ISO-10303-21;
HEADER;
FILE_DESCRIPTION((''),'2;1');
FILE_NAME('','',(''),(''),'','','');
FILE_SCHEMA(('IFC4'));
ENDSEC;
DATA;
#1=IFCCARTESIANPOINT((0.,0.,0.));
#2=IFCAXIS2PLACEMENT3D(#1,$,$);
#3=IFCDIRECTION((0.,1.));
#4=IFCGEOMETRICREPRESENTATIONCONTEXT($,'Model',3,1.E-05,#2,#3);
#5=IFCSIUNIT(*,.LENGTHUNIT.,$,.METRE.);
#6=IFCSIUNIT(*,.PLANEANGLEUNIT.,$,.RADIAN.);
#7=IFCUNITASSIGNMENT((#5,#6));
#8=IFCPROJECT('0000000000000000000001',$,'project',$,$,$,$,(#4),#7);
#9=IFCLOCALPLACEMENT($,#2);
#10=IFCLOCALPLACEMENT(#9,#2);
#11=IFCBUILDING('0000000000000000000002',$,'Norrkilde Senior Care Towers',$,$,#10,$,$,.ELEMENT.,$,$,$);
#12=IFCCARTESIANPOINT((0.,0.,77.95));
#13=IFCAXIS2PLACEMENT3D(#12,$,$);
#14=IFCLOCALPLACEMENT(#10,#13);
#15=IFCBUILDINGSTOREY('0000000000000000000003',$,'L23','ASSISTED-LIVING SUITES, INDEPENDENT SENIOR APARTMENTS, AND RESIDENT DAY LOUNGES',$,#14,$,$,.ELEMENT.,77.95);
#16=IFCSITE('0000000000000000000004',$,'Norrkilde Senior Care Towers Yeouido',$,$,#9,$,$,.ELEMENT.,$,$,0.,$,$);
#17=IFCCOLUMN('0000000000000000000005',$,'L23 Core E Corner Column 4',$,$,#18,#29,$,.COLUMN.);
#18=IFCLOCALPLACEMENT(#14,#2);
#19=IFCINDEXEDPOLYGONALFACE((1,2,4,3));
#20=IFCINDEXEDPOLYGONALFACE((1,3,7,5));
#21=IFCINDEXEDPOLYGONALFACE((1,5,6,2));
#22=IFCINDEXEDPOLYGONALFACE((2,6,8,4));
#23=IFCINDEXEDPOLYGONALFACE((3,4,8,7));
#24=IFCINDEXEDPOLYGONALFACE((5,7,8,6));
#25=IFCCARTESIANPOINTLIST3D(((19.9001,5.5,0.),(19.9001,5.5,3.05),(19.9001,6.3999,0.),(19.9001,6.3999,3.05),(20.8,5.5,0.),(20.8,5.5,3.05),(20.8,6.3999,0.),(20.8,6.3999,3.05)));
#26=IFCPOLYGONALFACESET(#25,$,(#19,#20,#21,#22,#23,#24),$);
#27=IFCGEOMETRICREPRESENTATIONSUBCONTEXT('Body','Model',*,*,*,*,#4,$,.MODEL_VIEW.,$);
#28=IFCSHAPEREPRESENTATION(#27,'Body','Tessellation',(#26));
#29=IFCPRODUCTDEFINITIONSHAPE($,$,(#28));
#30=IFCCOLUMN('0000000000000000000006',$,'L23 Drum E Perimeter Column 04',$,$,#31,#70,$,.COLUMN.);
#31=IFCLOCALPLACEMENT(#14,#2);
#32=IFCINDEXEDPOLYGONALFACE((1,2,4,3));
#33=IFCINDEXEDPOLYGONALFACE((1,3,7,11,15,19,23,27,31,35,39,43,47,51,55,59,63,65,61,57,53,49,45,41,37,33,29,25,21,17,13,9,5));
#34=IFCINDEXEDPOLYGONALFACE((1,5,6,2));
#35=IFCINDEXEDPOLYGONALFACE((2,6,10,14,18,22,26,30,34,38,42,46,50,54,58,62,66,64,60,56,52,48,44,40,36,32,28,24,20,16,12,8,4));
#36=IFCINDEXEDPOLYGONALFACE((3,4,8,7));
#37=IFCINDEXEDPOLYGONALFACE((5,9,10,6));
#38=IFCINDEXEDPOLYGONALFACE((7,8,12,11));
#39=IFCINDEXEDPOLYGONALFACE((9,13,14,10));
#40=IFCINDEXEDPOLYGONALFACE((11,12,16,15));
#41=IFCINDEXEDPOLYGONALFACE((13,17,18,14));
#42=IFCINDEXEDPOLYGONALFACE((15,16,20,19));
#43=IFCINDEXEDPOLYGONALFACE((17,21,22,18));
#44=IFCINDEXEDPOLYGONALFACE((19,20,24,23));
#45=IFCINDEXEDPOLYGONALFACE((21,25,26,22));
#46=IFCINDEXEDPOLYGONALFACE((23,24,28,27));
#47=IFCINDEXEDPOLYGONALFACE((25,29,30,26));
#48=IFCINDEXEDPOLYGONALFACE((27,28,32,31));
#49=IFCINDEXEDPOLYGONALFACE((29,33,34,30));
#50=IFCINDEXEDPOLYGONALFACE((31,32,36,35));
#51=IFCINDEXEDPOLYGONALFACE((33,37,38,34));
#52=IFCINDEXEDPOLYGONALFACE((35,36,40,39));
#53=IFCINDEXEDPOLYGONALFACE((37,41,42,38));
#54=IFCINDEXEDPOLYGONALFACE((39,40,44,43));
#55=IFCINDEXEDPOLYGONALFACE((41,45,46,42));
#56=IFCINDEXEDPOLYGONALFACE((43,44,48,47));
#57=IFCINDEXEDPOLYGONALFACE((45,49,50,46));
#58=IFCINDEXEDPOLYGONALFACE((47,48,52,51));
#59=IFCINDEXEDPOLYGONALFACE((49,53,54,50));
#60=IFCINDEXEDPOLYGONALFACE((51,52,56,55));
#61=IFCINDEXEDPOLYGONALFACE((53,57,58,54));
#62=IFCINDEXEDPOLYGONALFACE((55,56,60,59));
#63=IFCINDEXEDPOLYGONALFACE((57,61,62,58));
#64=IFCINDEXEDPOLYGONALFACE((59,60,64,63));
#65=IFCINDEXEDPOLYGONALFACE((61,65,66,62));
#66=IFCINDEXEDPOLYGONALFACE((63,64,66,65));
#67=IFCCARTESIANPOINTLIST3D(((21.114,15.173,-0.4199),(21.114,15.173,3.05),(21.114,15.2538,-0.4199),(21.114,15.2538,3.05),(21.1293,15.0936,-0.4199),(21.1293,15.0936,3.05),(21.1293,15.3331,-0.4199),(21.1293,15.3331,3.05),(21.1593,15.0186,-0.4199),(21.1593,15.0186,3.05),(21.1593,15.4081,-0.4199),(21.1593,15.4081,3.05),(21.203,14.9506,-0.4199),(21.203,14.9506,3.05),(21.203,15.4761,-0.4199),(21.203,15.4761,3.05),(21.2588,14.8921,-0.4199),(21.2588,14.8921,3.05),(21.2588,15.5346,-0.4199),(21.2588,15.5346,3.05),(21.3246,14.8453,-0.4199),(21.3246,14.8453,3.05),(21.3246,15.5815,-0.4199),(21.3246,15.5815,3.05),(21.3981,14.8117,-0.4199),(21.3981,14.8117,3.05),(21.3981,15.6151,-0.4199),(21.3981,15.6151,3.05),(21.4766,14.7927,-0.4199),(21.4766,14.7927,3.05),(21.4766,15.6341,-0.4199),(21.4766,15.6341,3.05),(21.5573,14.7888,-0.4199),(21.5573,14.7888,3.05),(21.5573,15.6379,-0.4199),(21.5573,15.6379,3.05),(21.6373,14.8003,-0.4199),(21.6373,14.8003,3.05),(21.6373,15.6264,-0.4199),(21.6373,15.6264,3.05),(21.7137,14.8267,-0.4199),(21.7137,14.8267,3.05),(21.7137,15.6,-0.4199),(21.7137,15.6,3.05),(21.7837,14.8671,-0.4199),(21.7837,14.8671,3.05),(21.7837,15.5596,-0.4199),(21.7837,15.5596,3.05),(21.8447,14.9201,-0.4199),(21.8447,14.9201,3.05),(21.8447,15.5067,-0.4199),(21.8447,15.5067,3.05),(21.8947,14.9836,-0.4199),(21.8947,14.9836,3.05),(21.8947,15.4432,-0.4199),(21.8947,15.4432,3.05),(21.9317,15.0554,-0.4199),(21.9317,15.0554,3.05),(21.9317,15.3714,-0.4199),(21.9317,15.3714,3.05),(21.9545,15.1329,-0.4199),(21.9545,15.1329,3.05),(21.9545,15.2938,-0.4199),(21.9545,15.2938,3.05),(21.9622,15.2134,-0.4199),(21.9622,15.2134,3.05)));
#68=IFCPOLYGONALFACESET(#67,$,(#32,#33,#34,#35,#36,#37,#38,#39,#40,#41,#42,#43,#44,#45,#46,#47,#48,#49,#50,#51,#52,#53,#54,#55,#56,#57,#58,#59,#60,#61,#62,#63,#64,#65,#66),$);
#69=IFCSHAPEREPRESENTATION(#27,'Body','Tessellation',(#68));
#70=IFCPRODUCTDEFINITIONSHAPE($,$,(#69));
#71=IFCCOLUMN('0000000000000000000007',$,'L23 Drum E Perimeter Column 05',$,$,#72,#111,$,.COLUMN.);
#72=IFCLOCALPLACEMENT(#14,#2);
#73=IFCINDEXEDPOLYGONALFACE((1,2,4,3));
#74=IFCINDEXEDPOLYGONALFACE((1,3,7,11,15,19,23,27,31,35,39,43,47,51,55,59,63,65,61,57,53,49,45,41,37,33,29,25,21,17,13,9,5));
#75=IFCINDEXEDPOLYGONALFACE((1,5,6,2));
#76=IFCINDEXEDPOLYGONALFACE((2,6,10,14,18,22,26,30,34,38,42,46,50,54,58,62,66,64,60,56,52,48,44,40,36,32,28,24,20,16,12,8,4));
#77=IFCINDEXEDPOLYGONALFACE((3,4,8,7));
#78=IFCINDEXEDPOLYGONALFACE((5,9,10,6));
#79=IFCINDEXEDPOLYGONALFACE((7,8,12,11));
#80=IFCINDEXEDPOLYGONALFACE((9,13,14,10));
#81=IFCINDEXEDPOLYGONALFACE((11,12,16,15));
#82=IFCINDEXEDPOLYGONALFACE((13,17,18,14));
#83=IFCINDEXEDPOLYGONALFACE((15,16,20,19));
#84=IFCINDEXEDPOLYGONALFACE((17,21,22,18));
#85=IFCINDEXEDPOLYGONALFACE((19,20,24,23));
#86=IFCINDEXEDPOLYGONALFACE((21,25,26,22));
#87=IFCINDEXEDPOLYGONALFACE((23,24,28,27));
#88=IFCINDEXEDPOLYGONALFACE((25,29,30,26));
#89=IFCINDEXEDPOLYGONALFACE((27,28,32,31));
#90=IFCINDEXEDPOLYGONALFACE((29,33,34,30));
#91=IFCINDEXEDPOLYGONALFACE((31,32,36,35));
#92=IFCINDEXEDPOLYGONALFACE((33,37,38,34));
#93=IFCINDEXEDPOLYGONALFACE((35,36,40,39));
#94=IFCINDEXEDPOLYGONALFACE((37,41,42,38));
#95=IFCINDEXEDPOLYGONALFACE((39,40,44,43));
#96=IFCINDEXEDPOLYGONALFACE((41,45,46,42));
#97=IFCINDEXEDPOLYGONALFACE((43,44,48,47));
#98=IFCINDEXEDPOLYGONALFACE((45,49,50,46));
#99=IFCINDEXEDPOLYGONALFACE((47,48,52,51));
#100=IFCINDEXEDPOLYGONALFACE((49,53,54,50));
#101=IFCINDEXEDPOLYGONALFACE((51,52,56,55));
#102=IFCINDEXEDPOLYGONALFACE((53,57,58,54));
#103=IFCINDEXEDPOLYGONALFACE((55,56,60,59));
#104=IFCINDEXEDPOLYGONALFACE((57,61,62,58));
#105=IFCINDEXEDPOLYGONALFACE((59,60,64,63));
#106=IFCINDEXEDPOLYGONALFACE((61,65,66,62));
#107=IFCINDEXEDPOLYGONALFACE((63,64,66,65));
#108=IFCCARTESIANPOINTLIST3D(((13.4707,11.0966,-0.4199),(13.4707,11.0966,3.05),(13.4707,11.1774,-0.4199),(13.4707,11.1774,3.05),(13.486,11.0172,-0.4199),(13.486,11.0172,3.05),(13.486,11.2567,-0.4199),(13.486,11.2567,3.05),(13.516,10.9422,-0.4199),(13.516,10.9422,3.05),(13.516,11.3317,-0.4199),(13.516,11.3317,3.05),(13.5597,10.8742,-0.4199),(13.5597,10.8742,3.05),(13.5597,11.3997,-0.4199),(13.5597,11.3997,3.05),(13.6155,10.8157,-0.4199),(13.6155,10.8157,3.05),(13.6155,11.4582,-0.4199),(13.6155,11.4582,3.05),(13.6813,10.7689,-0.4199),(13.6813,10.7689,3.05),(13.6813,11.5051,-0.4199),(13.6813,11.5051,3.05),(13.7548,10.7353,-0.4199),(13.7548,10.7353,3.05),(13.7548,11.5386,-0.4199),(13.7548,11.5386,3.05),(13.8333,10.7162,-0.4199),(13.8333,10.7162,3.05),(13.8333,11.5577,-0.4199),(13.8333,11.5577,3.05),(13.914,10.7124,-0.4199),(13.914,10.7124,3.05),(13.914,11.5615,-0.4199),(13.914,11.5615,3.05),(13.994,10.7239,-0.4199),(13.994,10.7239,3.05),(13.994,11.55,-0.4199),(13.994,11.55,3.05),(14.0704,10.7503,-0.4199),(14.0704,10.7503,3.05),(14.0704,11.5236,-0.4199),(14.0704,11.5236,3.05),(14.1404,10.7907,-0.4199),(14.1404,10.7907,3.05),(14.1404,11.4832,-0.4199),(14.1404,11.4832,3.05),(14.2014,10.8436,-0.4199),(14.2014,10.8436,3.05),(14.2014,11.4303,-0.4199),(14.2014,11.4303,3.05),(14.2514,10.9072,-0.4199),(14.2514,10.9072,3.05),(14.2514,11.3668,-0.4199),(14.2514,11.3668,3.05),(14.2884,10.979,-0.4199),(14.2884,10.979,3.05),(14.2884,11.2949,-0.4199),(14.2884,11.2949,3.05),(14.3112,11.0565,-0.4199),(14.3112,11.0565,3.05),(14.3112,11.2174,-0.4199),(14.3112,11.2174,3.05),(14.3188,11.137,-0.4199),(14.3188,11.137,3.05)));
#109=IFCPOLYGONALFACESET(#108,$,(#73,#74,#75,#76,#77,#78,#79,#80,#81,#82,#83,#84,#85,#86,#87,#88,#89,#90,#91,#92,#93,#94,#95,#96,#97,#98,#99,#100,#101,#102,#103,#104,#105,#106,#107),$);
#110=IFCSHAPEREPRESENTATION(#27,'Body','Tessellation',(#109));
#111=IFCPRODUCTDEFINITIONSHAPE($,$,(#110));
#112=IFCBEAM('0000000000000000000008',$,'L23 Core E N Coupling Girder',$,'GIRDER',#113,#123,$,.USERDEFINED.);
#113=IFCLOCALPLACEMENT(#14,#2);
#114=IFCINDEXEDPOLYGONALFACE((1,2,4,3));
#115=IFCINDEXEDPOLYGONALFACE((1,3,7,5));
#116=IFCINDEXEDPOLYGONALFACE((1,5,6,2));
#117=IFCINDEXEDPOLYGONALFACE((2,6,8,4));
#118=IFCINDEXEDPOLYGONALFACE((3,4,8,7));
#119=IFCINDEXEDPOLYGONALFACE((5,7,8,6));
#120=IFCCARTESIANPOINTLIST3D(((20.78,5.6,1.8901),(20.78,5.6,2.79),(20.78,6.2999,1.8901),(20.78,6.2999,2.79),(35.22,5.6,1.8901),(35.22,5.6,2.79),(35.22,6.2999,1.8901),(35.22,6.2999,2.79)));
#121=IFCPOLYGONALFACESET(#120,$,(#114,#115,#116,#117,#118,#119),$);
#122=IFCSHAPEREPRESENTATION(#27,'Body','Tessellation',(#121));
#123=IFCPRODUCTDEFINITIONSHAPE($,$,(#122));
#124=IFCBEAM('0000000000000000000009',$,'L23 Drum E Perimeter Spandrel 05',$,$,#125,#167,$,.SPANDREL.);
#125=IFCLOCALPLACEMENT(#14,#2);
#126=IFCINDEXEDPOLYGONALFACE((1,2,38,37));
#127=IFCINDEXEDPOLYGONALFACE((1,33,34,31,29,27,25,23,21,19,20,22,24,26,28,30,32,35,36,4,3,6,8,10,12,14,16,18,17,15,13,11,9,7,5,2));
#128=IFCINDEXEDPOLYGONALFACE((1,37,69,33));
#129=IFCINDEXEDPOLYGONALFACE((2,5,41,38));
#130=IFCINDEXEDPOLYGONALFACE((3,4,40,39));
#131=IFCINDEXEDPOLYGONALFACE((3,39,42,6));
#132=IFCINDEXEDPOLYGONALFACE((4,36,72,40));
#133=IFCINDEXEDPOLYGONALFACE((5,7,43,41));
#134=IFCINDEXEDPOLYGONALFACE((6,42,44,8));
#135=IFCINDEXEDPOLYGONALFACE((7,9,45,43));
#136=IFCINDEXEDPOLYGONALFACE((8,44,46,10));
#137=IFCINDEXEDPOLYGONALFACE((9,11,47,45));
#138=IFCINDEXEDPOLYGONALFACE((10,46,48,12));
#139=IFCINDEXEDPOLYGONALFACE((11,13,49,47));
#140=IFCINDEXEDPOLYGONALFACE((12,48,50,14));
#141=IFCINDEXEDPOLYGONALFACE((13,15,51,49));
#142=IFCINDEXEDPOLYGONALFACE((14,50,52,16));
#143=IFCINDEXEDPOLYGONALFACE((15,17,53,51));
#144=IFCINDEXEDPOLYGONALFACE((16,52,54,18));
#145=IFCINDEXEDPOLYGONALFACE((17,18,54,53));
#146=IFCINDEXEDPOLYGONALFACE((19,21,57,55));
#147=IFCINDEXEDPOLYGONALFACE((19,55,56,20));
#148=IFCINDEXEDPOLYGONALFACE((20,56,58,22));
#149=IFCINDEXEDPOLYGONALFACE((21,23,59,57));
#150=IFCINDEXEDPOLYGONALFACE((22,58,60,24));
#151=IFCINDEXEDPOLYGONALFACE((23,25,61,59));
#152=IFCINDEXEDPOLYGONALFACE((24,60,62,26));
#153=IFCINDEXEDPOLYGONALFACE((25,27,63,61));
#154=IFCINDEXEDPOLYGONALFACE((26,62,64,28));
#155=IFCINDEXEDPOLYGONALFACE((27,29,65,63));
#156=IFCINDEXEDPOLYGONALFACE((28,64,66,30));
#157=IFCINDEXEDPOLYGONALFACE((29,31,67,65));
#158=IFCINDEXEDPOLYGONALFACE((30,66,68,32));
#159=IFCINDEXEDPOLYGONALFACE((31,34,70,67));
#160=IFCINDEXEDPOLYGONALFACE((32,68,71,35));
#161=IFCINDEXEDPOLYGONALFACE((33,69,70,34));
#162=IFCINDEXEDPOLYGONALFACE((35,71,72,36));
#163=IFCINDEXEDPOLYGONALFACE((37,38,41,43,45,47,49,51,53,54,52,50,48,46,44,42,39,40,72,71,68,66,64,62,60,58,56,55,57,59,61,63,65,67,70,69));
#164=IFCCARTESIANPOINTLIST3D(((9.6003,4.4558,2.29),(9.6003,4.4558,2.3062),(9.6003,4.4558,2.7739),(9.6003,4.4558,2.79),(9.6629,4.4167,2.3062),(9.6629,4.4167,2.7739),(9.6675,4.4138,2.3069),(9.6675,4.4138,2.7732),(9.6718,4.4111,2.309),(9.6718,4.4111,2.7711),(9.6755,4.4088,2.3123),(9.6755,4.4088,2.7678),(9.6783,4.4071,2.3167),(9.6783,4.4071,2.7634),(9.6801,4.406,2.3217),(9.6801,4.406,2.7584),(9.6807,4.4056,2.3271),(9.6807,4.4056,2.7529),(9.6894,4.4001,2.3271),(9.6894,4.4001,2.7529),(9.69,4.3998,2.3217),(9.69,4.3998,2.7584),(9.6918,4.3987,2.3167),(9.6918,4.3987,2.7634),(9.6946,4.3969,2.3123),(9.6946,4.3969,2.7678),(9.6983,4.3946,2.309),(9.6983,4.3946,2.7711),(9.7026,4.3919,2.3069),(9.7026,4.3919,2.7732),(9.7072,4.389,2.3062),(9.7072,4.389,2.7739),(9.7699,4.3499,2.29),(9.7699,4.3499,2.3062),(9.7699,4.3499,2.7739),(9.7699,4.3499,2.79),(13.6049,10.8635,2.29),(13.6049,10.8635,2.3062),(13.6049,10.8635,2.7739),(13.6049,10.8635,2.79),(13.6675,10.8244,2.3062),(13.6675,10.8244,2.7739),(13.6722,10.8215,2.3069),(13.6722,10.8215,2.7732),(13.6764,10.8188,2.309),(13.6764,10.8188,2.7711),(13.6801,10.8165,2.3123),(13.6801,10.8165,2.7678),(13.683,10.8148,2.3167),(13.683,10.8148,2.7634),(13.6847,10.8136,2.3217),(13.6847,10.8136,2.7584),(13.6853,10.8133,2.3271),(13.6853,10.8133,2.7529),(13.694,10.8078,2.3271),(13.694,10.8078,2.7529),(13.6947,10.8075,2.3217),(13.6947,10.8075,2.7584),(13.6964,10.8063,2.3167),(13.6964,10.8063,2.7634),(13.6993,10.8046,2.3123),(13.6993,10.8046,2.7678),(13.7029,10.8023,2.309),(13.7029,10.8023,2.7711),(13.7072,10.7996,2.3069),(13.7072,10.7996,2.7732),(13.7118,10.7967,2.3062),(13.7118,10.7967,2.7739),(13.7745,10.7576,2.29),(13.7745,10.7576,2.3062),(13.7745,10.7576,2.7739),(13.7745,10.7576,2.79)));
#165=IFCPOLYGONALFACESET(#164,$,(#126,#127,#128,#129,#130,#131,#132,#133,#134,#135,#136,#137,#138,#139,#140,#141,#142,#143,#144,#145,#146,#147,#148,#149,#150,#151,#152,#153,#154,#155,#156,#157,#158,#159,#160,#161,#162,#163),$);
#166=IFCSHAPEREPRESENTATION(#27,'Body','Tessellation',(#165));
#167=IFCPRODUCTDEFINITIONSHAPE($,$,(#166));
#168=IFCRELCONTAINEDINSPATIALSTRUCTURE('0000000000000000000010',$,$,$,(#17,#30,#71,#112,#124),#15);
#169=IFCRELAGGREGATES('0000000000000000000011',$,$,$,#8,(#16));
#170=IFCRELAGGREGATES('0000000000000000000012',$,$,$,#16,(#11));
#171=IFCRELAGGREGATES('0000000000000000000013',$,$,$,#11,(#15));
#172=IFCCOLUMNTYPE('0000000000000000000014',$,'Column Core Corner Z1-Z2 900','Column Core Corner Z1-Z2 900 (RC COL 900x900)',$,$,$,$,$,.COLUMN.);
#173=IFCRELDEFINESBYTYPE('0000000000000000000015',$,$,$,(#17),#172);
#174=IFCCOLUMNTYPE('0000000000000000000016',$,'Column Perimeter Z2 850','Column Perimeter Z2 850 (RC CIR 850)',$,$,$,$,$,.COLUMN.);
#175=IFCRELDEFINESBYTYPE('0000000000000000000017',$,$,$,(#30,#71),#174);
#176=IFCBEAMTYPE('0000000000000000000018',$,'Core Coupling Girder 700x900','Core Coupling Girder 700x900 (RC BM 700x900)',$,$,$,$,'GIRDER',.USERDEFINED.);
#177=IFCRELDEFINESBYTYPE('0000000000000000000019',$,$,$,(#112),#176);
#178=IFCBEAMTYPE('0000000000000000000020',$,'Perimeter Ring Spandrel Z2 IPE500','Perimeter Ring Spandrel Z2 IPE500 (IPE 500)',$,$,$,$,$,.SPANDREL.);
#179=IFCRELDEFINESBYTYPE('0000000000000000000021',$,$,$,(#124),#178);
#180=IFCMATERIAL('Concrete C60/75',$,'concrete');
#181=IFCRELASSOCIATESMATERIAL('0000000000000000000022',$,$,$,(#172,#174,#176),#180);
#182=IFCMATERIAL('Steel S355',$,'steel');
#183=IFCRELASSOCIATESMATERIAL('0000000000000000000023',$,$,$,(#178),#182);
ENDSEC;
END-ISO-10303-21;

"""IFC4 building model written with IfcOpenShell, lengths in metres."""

from ifc_helpers import new_model, si_unit, direction, frame, origin, origin_2d, place, context, subcontext, project, spatial, rectangle, circle, i_section, extrude, source, transform, mapped, material, material_profile, profile_set, type_object, type_shapes, element, save


model = new_model("IFC4")

# Units and contexts
model_context = context("Model", 3, precision=1e-05, world=origin(), true_north=direction((0.0, 1.0)))
body_context = subcontext(model_context, "Body", "Model", "MODEL_VIEW")
ifc_project = project(units=[si_unit("LENGTHUNIT", "METRE"), si_unit("PLANEANGLEUNIT", "RADIAN")], contexts=[model_context])

# Site, building, storey
site_placement = place(None, origin())
site = spatial("IfcSite", under=ifc_project, at=site_placement, Name="Norrkilde Senior Care Towers Yeouido", CompositionType="ELEMENT", RefElevation=0.0)
building_placement = place(site_placement, origin())
building = spatial("IfcBuilding", under=site, at=building_placement, Name="Norrkilde Senior Care Towers", CompositionType="ELEMENT")
storey_placement = place(building_placement, frame((0.0, 0.0, 77.95)))
storey = spatial("IfcBuildingStorey", under=building, at=storey_placement, Name="L23", Description="ASSISTED-LIVING SUITES, INDEPENDENT SENIOR APARTMENTS, AND RESIDENT DAY LOUNGES", CompositionType="ELEMENT", Elevation=77.95)

# Columns
ifc_material_1 = material(Name="Concrete C60/75", Category="concrete")
ifc_material_profile_1 = material_profile(ifc_material_1, rectangle(XDim=0.8999, YDim=0.8999, at=origin_2d()), Name="RC COL 900x900")
ifc_profile_set_1 = profile_set([ifc_material_profile_1], Name="Concrete C60/75")
column_type_1 = type_object("IfcColumnType", Name="Column Core Corner Z1-Z2 900", Description="Column Core Corner Z1-Z2 900 (RC COL 900x900)", PredefinedType="COLUMN", material=ifc_profile_set_1)
shared_shape_1 = source(origin(), body_context, "Body", "SweptSolid", [
    extrude(rectangle(XDim=0.8999, YDim=0.8999, at=origin_2d()), origin(), (0.0, 0.0, 1.0), 3.05),
])
type_shapes(column_type_1, [shared_shape_1])
column_placement = place(storey_placement, frame((20.3501, 5.95, 0.0), z_axis=(0.0, 0.0, 1.0), x_axis=(1.0, 0.0, 0.0)))
element("IfcColumn", 1, at=column_placement, inside=storey, type_object=column_type_1, Name="L23 Core E Corner Column 4", PredefinedType="COLUMN", context=body_context, shape_type="MappedRepresentation", body=[
    mapped(shared_shape_1, transform((0.0, 0.0, 0.0), x_axis=(1.0, 0.0, 0.0), y_axis=(0.0, 1.0, 0.0), z_axis=(0.0, 0.0, 1.0), scale=1.0)),
])
ifc_material_profile_2 = material_profile(ifc_material_1, circle(Radius=0.425, at=origin_2d()), Name="RC CIR 850")
ifc_profile_set_2 = profile_set([ifc_material_profile_2], Name="Concrete C60/75")
column_type_2 = type_object("IfcColumnType", Name="Column Perimeter Z2 850", Description="Column Perimeter Z2 850 (RC CIR 850)", PredefinedType="COLUMN", material=ifc_profile_set_2)
shared_shape_2 = source(origin(), body_context, "Body", "SweptSolid", [
    extrude(circle(Radius=0.425, at=origin_2d()), origin(), (0.0, 0.0, 1.0), 3.47),
])
type_shapes(column_type_2, [shared_shape_2])
for number, where, z_axis, x_axis, name in (
    (2, (21.5371, 15.2134, -0.4199), (0.0, 0.0, 1.0), (1.0, 0.0, 0.0), "L23 Drum E Perimeter Column 04"),
    (3, (13.8938, 11.137, -0.4199), (0.0, 0.0, 1.0), (1.0, 0.0, 0.0), "L23 Drum E Perimeter Column 05"),
):
    element("IfcColumn", number, at=place(storey_placement, frame(where, z_axis=z_axis, x_axis=x_axis)), inside=storey, type_object=column_type_2, Name=name, PredefinedType="COLUMN", context=body_context, shape_type="MappedRepresentation", body=[
        mapped(shared_shape_2, transform((0.0, 0.0, 0.0), x_axis=(1.0, 0.0, 0.0), y_axis=(0.0, 1.0, 0.0), z_axis=(0.0, 0.0, 1.0), scale=1.0)),
    ])

# Beams
ifc_material_profile_3 = material_profile(ifc_material_1, rectangle(XDim=0.7, YDim=0.8999, at=origin_2d()), Name="RC BM 700x900")
ifc_profile_set_3 = profile_set([ifc_material_profile_3], Name="Concrete C60/75")
beam_type_1 = type_object("IfcBeamType", Name="Core Coupling Girder 700x900", Description="Core Coupling Girder 700x900 (RC BM 700x900)", ElementType="GIRDER", PredefinedType="USERDEFINED", material=ifc_profile_set_3)
shared_shape_3 = source(origin(), body_context, "Body", "SweptSolid", [
    extrude(rectangle(XDim=0.7, YDim=0.8999, at=origin_2d()), origin(), (0.0, 0.0, 1.0), 14.4399),
])
type_shapes(beam_type_1, [shared_shape_3])
beam_1_placement = place(storey_placement, frame((20.78, 5.95, 2.3401), z_axis=(1.0, 0.0, 0.0), x_axis=(0.0, 1.0, 0.0)))
element("IfcBeam", 4, at=beam_1_placement, inside=storey, type_object=beam_type_1, Name="L23 Core E N Coupling Girder", ObjectType="GIRDER", PredefinedType="USERDEFINED", context=body_context, shape_type="MappedRepresentation", body=[
    mapped(shared_shape_3, transform((0.0, 0.0, 0.0), x_axis=(1.0, 0.0, 0.0), y_axis=(0.0, 1.0, 0.0), z_axis=(0.0, 0.0, 1.0), scale=1.0)),
])
ifc_material_2 = material(Name="Steel S355", Category="steel")
ifc_material_profile_4 = material_profile(ifc_material_2, i_section(OverallWidth=0.2, OverallDepth=0.5, WebThickness=0.0103, FlangeThickness=0.0161, FilletRadius=0.021, at=origin_2d()), Name="IPE 500")
ifc_profile_set_4 = profile_set([ifc_material_profile_4], Name="Steel S355")
beam_type_2 = type_object("IfcBeamType", Name="Perimeter Ring Spandrel Z2 IPE500", Description="Perimeter Ring Spandrel Z2 IPE500 (IPE 500)", PredefinedType="SPANDREL", material=ifc_profile_set_4)
shared_shape_4 = source(origin(), body_context, "Body", "SweptSolid", [
    extrude(i_section(OverallWidth=0.2, OverallDepth=0.5, WebThickness=0.0103, FlangeThickness=0.0161, FilletRadius=0.021, at=origin_2d()), origin(), (0.0, 0.0, 1.0), 7.5562),
])
beam_2_placement = place(storey_placement, frame((13.6897, 10.8105, 2.54), z_axis=(-0.529982, -0.848009, 0.0), x_axis=(0.848009, -0.529982, 0.0)))
element("IfcBeam", 5, at=beam_2_placement, inside=storey, type_object=beam_type_2, Name="L23 Drum E Perimeter Spandrel 05", PredefinedType="SPANDREL", context=body_context, shape_type="MappedRepresentation", body=[
    mapped(shared_shape_4, transform((0.0, 0.0, 0.0), x_axis=(1.0, 0.0, 0.0), y_axis=(0.0, 1.0, 0.0), z_axis=(0.0, 0.0, 1.0), scale=1.0)),
])

save(model, "model.ifc")
